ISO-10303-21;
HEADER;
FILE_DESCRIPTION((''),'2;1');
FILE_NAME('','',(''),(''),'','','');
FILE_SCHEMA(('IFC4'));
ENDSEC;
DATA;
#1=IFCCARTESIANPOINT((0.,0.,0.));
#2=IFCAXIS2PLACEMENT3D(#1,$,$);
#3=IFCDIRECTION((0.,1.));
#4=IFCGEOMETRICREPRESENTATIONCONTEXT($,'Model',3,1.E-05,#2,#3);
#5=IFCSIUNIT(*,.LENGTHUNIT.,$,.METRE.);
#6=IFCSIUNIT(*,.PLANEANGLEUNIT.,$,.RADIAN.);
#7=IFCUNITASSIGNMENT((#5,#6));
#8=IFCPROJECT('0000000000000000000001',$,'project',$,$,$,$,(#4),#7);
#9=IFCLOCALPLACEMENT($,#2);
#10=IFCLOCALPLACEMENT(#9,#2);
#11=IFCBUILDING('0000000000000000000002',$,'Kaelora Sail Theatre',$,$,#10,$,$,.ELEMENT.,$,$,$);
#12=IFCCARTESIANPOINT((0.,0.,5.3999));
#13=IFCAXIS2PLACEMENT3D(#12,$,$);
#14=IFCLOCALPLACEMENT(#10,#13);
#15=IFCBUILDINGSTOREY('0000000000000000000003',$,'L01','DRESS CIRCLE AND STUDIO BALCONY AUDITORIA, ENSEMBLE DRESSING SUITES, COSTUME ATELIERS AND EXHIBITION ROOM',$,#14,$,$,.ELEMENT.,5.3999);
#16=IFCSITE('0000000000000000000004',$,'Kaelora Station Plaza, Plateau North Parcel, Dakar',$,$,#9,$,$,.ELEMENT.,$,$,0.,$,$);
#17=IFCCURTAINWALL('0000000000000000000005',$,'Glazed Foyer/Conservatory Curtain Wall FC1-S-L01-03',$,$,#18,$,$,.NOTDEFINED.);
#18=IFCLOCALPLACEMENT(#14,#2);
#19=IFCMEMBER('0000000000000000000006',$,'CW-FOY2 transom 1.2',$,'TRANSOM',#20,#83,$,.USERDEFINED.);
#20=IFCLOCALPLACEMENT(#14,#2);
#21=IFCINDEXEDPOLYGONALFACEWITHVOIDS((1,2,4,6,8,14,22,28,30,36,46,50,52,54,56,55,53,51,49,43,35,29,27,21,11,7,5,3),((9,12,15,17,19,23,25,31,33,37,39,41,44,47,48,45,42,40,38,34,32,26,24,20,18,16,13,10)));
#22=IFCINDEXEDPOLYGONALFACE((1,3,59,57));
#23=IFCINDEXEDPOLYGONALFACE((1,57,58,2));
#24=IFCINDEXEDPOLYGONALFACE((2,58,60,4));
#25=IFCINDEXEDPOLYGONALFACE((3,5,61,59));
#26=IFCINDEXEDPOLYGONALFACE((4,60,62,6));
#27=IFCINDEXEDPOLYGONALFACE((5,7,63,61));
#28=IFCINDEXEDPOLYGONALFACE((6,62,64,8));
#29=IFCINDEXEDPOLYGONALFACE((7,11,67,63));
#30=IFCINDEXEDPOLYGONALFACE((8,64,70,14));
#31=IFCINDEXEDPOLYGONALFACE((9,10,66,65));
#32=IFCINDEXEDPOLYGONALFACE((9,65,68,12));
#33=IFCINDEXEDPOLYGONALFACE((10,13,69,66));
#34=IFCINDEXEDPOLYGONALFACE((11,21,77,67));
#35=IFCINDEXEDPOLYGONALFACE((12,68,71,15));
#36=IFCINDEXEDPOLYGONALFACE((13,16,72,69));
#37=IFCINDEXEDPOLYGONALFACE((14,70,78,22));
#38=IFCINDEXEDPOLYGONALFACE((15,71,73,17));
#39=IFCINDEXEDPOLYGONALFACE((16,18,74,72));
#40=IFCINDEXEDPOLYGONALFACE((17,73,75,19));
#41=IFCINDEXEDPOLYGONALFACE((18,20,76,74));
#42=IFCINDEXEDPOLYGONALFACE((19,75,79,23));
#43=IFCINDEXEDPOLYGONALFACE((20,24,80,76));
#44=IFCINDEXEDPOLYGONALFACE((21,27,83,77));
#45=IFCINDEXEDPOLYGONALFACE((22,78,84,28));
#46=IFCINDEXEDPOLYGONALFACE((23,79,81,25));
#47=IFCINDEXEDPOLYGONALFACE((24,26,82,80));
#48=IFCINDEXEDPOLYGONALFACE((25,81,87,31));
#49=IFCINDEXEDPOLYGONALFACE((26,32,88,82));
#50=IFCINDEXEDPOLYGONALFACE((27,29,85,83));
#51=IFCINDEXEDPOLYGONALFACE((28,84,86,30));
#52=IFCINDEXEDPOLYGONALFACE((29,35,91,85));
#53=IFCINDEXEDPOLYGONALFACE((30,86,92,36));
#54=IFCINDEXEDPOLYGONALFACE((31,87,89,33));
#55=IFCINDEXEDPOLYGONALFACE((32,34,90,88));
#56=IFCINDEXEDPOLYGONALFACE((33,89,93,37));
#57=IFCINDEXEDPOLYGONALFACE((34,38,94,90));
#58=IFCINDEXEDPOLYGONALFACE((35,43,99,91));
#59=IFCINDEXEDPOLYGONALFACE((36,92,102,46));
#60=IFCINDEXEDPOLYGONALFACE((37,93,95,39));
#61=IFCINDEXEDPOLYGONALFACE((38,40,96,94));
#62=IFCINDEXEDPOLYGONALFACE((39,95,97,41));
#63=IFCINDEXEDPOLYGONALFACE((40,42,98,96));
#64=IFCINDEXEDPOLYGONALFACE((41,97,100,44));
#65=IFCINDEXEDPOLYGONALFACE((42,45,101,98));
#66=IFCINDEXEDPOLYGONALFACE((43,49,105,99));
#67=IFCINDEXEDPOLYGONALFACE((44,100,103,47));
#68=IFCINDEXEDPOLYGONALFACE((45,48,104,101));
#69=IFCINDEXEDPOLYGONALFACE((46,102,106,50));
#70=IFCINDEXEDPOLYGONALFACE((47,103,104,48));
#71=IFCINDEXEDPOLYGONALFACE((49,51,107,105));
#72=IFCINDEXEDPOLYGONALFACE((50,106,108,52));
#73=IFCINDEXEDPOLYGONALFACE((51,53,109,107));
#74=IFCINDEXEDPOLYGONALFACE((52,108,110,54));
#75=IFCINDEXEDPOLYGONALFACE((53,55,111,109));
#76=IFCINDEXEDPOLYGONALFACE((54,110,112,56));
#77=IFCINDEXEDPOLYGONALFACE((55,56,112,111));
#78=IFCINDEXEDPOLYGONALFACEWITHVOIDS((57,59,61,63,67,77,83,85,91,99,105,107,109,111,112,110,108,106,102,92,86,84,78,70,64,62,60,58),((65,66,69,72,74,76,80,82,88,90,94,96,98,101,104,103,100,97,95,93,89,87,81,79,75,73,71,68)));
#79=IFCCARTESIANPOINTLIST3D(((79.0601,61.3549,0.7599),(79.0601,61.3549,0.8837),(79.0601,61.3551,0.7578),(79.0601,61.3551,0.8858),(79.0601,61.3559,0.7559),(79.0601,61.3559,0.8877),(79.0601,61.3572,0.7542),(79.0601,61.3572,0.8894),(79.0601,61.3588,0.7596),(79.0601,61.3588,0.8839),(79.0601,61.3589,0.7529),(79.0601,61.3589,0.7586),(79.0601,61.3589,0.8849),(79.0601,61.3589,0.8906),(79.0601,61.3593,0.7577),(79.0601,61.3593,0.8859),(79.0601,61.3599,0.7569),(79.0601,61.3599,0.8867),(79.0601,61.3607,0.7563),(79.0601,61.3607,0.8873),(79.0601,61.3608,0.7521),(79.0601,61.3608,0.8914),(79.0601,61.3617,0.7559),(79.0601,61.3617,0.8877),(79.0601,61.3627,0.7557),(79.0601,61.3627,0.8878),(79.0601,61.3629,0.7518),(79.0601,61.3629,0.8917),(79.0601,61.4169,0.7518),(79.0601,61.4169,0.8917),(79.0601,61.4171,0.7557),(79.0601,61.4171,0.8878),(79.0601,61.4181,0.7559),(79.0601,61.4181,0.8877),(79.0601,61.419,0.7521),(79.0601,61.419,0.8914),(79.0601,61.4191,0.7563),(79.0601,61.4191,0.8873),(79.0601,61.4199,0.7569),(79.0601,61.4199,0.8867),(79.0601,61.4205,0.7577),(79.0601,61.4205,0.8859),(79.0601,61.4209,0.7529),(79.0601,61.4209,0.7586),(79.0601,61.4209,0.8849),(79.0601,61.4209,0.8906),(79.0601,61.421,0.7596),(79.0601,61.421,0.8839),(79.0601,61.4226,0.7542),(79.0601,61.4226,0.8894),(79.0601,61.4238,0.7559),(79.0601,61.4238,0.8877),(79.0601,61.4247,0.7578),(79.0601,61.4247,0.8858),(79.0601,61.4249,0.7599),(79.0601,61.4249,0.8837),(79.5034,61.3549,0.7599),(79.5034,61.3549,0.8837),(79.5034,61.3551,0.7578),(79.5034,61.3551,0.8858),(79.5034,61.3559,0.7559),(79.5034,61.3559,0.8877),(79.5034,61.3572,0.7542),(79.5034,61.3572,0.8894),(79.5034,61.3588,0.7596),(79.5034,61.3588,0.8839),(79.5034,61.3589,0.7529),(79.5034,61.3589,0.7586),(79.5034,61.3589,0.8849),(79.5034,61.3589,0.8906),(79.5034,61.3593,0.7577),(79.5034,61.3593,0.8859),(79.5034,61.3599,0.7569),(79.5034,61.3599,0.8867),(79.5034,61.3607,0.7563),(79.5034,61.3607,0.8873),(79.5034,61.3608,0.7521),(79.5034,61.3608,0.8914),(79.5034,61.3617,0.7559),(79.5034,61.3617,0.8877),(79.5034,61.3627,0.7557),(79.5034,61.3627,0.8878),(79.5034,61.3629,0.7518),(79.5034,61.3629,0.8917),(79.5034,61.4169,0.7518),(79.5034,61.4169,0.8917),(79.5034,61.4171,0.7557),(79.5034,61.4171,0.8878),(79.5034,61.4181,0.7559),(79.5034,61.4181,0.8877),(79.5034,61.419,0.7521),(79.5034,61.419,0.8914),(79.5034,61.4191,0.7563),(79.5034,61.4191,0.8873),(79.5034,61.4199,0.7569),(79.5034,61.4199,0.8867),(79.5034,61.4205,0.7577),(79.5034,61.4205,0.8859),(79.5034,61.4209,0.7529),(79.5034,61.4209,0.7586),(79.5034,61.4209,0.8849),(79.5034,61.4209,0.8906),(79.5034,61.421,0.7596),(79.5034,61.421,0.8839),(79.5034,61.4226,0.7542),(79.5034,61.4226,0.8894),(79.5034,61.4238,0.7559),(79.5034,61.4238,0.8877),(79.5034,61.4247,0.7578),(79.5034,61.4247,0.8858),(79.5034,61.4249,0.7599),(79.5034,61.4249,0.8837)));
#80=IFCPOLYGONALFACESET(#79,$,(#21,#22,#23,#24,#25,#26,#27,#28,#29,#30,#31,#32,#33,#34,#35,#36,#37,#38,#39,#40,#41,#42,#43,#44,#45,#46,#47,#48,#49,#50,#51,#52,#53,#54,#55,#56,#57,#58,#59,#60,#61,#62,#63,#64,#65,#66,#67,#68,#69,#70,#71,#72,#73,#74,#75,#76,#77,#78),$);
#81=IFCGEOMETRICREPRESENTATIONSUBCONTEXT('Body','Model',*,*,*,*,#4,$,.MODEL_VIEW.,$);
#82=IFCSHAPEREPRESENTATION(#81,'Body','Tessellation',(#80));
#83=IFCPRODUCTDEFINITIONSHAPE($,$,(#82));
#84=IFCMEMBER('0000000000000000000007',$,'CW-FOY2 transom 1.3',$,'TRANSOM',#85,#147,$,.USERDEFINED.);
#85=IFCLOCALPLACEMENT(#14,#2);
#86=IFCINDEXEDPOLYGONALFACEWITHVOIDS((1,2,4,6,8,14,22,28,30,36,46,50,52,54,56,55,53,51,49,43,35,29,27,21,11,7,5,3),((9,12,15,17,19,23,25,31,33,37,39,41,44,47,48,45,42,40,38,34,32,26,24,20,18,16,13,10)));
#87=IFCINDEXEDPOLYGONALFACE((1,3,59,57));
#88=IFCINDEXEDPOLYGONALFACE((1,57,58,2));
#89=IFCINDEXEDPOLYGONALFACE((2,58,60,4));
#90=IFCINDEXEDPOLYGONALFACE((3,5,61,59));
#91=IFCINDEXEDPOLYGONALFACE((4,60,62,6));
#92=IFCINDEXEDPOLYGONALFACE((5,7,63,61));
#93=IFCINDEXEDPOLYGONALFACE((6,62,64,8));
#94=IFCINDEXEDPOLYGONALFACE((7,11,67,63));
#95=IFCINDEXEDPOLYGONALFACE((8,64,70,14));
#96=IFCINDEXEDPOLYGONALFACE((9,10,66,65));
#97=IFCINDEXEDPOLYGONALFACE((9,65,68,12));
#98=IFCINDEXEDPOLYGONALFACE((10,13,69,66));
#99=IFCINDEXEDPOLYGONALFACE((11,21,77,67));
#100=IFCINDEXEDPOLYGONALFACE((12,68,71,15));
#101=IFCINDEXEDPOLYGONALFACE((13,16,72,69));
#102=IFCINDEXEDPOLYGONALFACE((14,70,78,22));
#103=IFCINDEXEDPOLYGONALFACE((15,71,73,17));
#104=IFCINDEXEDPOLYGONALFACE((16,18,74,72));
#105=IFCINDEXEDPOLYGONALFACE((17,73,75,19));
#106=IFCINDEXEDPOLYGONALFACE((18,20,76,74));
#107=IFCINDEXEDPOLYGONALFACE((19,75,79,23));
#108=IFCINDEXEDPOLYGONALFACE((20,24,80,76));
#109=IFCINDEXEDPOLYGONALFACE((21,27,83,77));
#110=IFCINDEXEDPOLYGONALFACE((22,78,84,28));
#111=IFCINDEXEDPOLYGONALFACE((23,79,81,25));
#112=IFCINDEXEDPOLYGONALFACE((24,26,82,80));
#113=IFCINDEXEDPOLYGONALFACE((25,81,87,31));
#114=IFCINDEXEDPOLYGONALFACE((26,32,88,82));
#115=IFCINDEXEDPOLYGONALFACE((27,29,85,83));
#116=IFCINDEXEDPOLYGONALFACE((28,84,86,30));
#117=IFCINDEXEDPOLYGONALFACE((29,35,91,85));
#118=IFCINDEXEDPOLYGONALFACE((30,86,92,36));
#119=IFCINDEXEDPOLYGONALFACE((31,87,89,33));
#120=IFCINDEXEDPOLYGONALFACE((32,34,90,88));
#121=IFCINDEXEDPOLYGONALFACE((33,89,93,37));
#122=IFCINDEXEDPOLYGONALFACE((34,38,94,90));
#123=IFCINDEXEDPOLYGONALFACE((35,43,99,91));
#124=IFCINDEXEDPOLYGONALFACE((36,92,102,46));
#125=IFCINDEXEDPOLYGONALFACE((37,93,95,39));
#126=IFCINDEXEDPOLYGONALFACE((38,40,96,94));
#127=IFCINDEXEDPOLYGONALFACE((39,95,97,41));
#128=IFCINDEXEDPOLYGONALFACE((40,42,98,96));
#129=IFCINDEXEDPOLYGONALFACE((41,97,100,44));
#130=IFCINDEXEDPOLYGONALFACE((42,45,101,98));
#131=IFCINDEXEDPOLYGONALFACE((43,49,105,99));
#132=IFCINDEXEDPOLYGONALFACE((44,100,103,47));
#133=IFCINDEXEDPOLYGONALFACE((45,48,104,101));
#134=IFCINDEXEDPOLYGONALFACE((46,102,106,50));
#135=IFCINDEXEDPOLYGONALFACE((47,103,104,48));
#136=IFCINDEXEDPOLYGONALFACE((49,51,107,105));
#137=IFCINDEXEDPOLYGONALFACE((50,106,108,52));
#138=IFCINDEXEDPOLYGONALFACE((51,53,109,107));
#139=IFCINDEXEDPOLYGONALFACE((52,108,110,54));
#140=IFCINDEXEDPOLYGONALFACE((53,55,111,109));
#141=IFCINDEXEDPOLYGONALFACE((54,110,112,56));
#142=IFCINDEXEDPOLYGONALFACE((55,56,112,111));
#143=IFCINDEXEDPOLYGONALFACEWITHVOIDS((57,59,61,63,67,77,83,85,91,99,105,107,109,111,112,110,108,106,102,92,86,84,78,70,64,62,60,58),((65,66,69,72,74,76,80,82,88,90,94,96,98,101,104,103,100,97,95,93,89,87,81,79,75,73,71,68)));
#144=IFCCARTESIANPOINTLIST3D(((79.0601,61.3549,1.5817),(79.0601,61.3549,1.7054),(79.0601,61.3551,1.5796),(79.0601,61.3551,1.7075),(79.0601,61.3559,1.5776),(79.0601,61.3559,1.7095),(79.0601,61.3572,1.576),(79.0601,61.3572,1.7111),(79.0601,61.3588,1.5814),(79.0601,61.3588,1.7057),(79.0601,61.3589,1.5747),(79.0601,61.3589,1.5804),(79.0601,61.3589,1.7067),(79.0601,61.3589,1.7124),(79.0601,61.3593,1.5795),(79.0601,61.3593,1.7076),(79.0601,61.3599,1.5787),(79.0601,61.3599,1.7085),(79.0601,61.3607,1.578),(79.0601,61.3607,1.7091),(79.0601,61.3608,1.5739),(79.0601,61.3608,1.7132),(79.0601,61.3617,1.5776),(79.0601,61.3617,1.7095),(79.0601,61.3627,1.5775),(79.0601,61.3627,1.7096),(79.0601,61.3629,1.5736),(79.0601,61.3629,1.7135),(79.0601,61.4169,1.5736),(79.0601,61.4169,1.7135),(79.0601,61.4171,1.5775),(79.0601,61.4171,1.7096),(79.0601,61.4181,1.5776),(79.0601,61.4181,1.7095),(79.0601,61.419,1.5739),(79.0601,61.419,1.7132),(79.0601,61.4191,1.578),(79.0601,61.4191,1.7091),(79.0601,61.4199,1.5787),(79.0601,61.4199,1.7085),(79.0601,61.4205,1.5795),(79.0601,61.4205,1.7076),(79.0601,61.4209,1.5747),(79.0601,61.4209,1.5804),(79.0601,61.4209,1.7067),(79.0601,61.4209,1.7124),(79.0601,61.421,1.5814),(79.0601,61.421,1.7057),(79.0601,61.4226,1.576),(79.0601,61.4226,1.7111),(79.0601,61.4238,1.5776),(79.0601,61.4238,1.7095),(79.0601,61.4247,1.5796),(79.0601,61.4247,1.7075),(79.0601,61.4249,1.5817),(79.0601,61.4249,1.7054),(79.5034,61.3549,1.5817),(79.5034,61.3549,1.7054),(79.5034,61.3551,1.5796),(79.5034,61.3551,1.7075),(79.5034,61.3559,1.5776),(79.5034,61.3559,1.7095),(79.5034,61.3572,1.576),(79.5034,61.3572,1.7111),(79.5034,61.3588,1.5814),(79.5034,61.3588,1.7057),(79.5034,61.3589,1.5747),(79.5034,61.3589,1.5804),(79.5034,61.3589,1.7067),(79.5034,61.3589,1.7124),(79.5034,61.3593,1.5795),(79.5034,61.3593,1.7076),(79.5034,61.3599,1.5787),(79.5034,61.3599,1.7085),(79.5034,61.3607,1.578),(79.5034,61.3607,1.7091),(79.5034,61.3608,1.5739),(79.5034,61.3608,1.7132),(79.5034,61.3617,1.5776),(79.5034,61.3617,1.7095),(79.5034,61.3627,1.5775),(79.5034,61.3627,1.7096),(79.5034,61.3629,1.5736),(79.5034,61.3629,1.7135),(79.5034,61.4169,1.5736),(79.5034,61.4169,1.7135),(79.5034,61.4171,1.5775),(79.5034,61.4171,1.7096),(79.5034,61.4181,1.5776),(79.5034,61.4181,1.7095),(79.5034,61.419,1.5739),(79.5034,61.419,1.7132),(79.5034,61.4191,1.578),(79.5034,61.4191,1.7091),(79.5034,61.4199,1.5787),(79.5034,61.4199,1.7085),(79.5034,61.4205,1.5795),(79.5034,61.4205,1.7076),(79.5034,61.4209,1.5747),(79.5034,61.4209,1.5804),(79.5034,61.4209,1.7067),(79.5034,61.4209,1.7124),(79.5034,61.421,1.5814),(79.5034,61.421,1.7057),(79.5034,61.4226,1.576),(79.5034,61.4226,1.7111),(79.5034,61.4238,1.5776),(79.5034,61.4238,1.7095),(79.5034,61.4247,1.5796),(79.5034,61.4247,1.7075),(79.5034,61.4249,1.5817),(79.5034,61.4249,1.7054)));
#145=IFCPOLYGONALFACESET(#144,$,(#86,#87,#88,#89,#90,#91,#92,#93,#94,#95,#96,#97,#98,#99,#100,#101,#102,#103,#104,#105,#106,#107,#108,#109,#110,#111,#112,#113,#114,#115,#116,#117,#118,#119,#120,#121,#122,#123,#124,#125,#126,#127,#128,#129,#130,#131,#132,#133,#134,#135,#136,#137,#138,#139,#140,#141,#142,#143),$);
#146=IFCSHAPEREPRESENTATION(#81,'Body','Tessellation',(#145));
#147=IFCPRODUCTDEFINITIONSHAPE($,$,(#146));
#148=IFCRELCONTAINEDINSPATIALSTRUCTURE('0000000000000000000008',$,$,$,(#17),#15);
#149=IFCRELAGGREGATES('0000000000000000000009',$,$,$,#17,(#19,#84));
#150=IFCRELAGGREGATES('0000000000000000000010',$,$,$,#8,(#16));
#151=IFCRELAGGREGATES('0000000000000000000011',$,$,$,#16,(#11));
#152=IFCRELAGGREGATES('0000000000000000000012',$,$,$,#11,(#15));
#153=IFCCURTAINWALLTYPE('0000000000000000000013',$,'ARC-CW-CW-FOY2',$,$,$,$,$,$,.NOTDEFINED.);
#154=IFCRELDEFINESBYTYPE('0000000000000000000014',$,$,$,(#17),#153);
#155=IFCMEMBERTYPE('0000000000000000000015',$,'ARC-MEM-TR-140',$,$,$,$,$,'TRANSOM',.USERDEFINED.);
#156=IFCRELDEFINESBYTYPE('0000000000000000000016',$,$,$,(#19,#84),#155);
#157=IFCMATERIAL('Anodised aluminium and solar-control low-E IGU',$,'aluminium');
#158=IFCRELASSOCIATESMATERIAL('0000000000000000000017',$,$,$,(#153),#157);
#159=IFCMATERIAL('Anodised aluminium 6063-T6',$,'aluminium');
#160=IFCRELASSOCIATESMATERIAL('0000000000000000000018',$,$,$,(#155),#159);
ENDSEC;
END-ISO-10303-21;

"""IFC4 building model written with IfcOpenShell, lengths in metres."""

from ifc_helpers import new_model, si_unit, direction, frame, origin, origin_2d, place, context, subcontext, project, spatial, hollow_rectangle, extrude, material, material_profile, profile_set, type_object, element, aggregate, save


model = new_model("IFC4")

# Units and contexts
model_context = context("Model", 3, precision=1e-05, world=origin(), true_north=direction((0.0, 1.0)))
body_context = subcontext(model_context, "Body", "Model", "MODEL_VIEW")
ifc_project = project(units=[si_unit("LENGTHUNIT", "METRE"), si_unit("PLANEANGLEUNIT", "RADIAN")], contexts=[model_context])

# Site, building, storey
site_placement = place(None, origin())
site = spatial("IfcSite", under=ifc_project, at=site_placement, Name="Kaelora Station Plaza, Plateau North Parcel, Dakar", CompositionType="ELEMENT", RefElevation=0.0)
building_placement = place(site_placement, origin())
building = spatial("IfcBuilding", under=site, at=building_placement, Name="Kaelora Sail Theatre", CompositionType="ELEMENT")
storey_placement = place(building_placement, frame((0.0, 0.0, 5.3999)))
storey = spatial("IfcBuildingStorey", under=building, at=storey_placement, Name="L01", Description="DRESS CIRCLE AND STUDIO BALCONY AUDITORIA, ENSEMBLE DRESSING SUITES, COSTUME ATELIERS AND EXHIBITION ROOM", CompositionType="ELEMENT", Elevation=5.3999)

# Curtain wall
ifc_material_1 = material(Name="Anodised aluminium and solar-control low-E IGU", Category="aluminium")
curtain_wall_type = type_object("IfcCurtainWallType", Name="ARC-CW-CW-FOY2", PredefinedType="NOTDEFINED", material=ifc_material_1)
curtain_wall_1_placement = place(storey_placement, origin())
curtain_wall_1 = element("IfcCurtainWall", 1, at=curtain_wall_1_placement, inside=storey, type_object=curtain_wall_type, Name="Glazed Foyer/Conservatory Curtain Wall FC1-S-L01-03", PredefinedType="NOTDEFINED")

# Members
ifc_material_2 = material(Name="Anodised aluminium 6063-T6", Category="aluminium")
ifc_material_profile_1 = material_profile(ifc_material_2, hollow_rectangle(XDim=0.0701, YDim=0.1399, WallThickness=0.0039, InnerFilletRadius=0.0039, OuterFilletRadius=0.0081, at=origin_2d()), Name="ALU-TRAN 70x140x4")
ifc_profile_set_1 = profile_set([ifc_material_profile_1], Name="Anodised aluminium 6063-T6")
member_type_1 = type_object("IfcMemberType", Name="ARC-MEM-TR-140", ElementType="TRANSOM", PredefinedType="USERDEFINED", material=ifc_profile_set_1)
member_1_placement = place(storey_placement, frame((79.0601, 61.3899, 0.8218), z_axis=(1.0, 0.0, 0.0), x_axis=(0.0, 1.0, 0.0)))
member_1 = element("IfcMember", 2, at=member_1_placement, type_object=member_type_1, Name="CW-FOY2 transom 1.2", ObjectType="TRANSOM", PredefinedType="USERDEFINED", context=body_context, shape_type="SweptSolid", body=[
    extrude(hollow_rectangle(XDim=0.0701, YDim=0.1399, WallThickness=0.0039, InnerFilletRadius=0.0039, OuterFilletRadius=0.0081, at=origin_2d()), origin(), (0.0, 0.0, 1.0), 0.4434),
])
member_2_placement = place(storey_placement, frame((79.0601, 61.3899, 1.6436), z_axis=(1.0, 0.0, 0.0), x_axis=(0.0, 1.0, 0.0)))
member_2 = element("IfcMember", 3, at=member_2_placement, type_object=member_type_1, Name="CW-FOY2 transom 1.3", ObjectType="TRANSOM", PredefinedType="USERDEFINED", context=body_context, shape_type="SweptSolid", body=[
    extrude(hollow_rectangle(XDim=0.0701, YDim=0.1399, WallThickness=0.0039, InnerFilletRadius=0.0039, OuterFilletRadius=0.0081, at=origin_2d()), origin(), (0.0, 0.0, 1.0), 0.4434),
])

aggregate(curtain_wall_1, [member_1, member_2])

save(model, "model.ifc")
